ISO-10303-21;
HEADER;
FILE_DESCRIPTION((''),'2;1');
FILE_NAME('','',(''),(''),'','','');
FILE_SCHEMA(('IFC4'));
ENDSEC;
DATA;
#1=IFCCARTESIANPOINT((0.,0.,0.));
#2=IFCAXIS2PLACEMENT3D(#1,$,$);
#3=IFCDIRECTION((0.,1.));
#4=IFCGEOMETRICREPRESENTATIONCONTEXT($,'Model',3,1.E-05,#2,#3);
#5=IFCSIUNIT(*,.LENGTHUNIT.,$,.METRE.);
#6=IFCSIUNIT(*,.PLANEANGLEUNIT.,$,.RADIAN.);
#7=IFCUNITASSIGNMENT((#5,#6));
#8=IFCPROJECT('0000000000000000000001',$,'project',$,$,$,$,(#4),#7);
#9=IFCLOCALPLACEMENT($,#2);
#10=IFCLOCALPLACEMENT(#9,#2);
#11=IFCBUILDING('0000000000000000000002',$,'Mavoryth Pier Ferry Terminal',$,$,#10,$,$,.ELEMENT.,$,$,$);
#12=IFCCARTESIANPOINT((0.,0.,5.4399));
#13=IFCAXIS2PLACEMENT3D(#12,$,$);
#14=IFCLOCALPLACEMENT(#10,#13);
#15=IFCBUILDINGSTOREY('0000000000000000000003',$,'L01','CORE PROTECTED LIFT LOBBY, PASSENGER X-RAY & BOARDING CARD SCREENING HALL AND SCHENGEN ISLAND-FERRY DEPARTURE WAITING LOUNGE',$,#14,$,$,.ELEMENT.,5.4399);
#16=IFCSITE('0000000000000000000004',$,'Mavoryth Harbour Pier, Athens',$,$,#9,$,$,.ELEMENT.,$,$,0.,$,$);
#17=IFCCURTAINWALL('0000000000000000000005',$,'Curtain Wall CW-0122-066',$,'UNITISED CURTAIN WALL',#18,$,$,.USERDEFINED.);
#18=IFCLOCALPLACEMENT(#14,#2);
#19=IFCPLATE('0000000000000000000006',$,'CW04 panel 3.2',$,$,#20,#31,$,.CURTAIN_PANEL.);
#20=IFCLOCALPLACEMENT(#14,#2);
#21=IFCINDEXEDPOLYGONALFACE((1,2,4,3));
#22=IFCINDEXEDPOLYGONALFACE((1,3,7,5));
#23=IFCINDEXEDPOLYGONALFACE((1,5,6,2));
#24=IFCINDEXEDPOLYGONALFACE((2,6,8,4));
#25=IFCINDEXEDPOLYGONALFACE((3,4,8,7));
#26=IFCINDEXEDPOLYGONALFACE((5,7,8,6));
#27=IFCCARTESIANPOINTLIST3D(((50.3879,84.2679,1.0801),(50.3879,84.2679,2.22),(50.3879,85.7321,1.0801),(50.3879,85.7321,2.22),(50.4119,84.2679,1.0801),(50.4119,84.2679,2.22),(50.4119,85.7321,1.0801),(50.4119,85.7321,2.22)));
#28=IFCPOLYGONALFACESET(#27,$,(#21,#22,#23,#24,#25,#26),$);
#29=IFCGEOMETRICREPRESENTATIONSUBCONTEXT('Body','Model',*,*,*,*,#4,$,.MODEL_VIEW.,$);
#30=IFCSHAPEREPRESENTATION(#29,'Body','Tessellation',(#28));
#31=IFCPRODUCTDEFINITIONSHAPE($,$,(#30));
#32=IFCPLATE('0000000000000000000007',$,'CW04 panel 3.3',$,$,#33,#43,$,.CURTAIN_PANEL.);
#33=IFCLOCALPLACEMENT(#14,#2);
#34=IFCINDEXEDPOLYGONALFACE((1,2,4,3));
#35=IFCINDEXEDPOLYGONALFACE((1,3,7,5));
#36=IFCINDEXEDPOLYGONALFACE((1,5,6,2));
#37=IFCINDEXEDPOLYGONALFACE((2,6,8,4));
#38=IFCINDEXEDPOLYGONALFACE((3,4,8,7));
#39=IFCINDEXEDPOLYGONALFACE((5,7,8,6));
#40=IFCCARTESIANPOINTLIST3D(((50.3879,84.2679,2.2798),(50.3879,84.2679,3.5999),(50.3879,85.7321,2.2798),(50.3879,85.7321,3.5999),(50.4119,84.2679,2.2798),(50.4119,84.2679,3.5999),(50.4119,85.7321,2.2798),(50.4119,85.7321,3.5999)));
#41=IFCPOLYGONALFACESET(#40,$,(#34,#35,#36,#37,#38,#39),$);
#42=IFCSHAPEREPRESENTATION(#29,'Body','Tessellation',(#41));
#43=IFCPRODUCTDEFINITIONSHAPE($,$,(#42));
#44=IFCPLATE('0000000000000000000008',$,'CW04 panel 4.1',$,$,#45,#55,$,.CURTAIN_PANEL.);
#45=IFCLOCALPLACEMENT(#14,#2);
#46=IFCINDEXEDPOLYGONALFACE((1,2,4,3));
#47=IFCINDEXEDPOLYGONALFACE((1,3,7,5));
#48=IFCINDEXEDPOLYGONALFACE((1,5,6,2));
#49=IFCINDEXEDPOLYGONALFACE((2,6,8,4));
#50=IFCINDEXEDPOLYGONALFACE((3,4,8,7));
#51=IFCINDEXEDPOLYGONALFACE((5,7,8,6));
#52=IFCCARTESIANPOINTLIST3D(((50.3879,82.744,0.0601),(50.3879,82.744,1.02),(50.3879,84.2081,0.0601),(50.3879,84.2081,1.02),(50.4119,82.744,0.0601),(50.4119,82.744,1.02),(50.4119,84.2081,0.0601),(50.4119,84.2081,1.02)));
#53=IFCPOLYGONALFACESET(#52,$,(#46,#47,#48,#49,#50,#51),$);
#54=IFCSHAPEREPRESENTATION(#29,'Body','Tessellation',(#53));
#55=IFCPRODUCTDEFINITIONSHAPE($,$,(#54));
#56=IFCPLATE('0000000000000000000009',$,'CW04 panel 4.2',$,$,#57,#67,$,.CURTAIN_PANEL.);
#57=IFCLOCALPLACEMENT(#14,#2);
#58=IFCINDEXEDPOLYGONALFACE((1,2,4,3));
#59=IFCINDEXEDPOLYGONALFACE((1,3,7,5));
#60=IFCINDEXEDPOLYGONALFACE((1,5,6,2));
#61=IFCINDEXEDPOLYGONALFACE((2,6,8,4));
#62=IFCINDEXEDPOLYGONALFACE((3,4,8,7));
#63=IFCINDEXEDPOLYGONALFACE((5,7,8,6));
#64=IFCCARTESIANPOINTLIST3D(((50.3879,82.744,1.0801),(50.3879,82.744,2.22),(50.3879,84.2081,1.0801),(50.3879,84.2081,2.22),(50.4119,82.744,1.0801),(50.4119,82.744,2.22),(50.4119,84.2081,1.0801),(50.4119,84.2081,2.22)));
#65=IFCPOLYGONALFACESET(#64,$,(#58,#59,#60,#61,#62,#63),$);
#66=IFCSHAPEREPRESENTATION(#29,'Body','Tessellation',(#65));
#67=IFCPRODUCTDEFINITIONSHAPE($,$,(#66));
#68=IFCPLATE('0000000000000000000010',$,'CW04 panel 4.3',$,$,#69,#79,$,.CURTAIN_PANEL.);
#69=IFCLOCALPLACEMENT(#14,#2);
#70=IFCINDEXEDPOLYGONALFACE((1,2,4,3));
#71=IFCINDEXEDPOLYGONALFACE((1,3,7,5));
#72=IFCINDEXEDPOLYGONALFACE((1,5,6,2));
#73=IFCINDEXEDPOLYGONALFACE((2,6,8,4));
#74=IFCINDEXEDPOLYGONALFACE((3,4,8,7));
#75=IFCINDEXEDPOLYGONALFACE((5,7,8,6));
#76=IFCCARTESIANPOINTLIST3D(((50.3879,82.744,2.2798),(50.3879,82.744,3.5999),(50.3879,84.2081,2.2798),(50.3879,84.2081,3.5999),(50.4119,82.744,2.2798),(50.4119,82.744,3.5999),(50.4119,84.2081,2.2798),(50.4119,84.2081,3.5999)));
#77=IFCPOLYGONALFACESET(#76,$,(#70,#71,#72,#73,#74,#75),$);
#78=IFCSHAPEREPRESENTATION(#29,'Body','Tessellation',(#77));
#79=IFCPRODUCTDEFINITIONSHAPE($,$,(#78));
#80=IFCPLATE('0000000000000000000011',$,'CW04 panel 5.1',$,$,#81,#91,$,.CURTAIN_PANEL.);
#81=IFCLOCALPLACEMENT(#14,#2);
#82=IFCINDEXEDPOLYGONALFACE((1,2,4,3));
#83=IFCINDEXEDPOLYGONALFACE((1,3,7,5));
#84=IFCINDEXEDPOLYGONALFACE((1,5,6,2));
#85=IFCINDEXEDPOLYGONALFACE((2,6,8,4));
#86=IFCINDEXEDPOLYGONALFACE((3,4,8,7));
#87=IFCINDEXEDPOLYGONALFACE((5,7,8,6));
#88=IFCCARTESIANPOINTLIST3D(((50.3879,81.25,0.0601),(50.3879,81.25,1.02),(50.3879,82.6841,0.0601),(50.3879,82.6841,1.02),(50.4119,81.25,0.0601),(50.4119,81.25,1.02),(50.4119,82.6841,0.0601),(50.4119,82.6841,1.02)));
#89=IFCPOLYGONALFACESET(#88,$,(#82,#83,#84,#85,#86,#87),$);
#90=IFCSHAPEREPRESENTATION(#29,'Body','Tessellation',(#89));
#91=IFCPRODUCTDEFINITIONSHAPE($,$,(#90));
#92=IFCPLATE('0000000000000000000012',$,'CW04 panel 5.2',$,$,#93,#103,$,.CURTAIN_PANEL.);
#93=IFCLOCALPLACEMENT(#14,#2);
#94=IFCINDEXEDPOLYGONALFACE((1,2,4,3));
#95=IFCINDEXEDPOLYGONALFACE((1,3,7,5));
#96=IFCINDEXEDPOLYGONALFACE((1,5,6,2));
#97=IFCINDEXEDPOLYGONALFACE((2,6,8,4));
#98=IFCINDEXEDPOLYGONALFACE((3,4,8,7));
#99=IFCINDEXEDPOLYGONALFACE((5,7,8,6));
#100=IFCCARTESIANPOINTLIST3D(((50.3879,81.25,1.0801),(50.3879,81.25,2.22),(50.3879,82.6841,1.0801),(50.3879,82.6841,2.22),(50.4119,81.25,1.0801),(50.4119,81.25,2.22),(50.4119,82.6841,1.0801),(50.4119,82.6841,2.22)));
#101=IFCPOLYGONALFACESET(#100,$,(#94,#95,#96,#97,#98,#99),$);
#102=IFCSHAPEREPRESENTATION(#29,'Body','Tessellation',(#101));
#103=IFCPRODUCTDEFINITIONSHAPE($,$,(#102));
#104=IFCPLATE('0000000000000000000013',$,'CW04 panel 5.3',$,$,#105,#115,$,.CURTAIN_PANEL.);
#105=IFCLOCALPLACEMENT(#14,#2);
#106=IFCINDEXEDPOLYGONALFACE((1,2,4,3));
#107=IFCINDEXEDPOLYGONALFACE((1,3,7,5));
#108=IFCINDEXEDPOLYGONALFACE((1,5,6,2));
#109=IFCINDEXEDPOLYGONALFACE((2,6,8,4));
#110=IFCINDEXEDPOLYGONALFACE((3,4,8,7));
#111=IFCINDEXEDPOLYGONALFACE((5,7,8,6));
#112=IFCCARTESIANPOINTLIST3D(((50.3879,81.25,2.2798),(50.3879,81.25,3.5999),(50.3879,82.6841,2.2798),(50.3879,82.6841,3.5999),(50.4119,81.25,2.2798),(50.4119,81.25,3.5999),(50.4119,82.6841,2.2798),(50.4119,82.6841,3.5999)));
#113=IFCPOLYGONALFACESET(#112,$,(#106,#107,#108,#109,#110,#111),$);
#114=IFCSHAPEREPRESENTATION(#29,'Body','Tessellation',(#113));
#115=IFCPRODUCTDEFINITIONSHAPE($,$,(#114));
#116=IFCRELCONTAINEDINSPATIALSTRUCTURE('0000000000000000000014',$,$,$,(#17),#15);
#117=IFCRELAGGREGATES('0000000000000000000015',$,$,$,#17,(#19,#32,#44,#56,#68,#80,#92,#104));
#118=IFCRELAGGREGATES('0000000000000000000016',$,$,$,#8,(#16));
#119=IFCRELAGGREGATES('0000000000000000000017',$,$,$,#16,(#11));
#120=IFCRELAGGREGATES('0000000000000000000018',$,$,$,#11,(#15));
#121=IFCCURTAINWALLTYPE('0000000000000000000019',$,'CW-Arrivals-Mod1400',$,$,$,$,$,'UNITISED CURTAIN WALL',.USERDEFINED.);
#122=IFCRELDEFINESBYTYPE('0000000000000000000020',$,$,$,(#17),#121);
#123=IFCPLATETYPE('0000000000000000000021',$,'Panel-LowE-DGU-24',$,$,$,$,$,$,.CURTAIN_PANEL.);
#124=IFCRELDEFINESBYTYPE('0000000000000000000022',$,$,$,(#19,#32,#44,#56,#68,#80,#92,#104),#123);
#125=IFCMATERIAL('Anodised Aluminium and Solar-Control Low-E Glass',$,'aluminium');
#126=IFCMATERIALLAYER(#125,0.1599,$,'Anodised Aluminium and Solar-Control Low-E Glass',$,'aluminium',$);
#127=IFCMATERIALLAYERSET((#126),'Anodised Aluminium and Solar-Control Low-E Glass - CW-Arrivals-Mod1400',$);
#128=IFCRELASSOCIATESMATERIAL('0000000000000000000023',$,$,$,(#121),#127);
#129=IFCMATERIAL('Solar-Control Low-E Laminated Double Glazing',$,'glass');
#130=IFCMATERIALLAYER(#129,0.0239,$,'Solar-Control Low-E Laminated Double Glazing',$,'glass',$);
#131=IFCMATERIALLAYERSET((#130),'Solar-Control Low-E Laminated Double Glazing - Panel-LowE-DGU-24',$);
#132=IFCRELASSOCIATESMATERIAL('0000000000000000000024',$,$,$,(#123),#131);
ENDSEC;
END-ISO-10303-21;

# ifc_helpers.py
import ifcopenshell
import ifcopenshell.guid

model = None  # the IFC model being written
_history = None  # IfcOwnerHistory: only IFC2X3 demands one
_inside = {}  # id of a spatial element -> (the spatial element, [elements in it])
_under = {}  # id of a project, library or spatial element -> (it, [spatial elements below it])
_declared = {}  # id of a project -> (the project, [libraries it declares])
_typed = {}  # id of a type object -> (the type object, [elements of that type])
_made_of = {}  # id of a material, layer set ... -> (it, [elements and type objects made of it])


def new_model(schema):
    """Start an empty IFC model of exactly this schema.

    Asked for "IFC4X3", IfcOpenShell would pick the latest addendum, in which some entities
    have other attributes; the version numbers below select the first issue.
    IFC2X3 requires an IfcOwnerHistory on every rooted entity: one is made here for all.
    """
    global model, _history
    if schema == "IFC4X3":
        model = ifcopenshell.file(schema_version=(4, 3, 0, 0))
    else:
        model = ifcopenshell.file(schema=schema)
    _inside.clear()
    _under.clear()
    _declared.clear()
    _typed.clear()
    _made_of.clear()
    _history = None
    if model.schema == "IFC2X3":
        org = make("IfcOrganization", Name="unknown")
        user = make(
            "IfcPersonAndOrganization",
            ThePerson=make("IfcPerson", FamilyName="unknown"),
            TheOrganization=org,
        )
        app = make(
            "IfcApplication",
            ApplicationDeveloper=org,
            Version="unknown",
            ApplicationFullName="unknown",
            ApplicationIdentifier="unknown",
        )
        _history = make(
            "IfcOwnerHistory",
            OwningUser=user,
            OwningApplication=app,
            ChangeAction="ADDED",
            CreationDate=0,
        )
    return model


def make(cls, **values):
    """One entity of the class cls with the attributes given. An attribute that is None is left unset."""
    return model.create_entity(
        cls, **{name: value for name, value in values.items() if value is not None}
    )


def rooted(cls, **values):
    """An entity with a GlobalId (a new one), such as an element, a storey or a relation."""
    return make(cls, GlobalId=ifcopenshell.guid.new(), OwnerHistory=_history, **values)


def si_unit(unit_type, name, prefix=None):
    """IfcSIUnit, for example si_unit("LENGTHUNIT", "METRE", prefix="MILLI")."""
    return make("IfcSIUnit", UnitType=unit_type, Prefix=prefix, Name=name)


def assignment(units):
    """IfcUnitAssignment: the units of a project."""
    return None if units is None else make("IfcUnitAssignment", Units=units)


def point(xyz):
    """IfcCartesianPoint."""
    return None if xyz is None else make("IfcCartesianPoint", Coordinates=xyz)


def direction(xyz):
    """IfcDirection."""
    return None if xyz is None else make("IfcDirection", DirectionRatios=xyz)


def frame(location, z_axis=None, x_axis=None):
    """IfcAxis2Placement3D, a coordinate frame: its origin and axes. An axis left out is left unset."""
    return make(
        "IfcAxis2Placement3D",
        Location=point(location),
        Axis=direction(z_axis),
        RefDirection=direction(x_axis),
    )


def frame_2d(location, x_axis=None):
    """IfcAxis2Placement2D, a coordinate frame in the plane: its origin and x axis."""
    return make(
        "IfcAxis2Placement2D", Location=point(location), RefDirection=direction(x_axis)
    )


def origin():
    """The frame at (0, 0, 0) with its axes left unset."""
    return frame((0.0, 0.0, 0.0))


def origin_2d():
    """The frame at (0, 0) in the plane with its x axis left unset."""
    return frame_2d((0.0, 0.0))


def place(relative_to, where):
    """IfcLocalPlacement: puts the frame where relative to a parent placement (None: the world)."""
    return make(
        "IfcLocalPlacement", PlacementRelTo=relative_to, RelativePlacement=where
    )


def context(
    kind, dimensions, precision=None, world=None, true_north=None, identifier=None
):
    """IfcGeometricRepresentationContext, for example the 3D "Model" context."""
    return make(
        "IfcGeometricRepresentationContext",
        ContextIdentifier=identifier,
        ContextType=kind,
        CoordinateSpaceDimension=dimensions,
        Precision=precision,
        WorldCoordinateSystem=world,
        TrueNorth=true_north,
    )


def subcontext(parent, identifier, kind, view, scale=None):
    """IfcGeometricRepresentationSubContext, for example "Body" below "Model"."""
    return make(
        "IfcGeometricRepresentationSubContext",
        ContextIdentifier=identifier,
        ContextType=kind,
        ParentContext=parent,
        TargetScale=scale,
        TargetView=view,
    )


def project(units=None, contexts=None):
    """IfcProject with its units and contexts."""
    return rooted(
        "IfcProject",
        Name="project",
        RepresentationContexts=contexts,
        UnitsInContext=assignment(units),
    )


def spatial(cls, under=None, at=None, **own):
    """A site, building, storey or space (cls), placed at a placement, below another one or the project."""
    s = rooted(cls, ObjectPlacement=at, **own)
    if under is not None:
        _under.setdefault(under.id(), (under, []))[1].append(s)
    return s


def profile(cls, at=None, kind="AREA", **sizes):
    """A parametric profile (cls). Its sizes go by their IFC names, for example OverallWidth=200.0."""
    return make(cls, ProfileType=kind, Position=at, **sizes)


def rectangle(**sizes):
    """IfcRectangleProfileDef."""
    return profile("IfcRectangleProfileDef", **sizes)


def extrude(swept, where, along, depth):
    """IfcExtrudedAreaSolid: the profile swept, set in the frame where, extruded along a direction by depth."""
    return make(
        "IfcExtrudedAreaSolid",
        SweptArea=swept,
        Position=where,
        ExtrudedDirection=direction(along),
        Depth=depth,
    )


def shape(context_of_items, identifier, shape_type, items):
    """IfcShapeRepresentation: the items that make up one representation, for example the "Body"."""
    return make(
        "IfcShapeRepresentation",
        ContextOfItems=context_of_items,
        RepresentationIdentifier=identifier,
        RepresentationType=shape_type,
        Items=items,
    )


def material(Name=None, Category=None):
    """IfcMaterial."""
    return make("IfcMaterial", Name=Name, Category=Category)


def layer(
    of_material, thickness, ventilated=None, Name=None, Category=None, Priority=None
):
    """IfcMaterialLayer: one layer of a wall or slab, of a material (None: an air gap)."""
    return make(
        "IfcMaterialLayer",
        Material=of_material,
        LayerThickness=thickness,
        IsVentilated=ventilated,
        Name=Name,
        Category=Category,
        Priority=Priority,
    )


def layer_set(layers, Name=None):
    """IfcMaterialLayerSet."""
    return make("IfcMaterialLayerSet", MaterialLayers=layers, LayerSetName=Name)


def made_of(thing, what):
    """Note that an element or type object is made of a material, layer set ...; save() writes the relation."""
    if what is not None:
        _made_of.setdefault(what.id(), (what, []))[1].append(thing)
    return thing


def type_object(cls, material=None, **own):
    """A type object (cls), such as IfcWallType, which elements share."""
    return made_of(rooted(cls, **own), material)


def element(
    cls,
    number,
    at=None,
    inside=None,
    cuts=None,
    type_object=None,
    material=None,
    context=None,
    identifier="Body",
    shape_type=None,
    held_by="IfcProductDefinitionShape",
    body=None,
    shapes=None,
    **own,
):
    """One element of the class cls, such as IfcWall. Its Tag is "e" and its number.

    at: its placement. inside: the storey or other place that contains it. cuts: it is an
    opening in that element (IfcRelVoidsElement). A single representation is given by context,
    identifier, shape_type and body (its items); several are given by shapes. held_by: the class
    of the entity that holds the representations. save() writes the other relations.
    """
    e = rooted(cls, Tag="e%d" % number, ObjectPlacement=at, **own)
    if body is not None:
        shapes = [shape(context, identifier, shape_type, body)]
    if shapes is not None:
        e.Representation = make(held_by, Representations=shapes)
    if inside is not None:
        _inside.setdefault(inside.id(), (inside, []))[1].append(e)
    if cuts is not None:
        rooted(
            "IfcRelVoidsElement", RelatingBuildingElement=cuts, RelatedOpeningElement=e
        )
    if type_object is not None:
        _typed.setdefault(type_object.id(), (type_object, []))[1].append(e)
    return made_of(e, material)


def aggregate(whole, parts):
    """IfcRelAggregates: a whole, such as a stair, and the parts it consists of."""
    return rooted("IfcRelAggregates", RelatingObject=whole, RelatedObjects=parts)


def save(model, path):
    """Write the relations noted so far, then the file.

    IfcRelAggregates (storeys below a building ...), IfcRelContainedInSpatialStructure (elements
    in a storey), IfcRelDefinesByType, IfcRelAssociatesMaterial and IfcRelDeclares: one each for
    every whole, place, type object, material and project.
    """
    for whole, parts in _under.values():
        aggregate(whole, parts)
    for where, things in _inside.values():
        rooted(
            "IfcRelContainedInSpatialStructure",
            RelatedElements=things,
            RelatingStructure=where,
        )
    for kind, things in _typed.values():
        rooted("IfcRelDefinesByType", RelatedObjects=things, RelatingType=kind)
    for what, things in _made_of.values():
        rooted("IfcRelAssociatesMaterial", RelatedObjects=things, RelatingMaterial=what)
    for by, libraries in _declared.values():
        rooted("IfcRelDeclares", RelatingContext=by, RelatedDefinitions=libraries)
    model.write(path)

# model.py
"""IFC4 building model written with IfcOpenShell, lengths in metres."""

from ifc_helpers import new_model, si_unit, direction, frame, origin, origin_2d, place, context, subcontext, project, spatial, rectangle, extrude, material, layer, layer_set, type_object, element, aggregate, save


model = new_model("IFC4")

# Units and contexts
model_context = context("Model", 3, precision=1e-05, world=origin(), true_north=direction((0.0, 1.0)))
body_context = subcontext(model_context, "Body", "Model", "MODEL_VIEW")
ifc_project = project(units=[si_unit("LENGTHUNIT", "METRE"), si_unit("PLANEANGLEUNIT", "RADIAN")], contexts=[model_context])

# Site, building, storey
site_placement = place(None, origin())
site = spatial("IfcSite", under=ifc_project, at=site_placement, Name="Mavoryth Harbour Pier, Athens", CompositionType="ELEMENT", RefElevation=0.0)
building_placement = place(site_placement, origin())
building = spatial("IfcBuilding", under=site, at=building_placement, Name="Mavoryth Pier Ferry Terminal", CompositionType="ELEMENT")
storey_placement = place(building_placement, frame((0.0, 0.0, 5.4399)))
storey = spatial("IfcBuildingStorey", under=building, at=storey_placement, Name="L01", Description="CORE PROTECTED LIFT LOBBY, PASSENGER X-RAY & BOARDING CARD SCREENING HALL AND SCHENGEN ISLAND-FERRY DEPARTURE WAITING LOUNGE", CompositionType="ELEMENT", Elevation=5.4399)

# Curtain wall
ifc_material_1 = material(Name="Anodised Aluminium and Solar-Control Low-E Glass", Category="aluminium")
ifc_layer_1 = layer(ifc_material_1, 0.1599, Name="Anodised Aluminium and Solar-Control Low-E Glass", Category="aluminium")
ifc_layer_set_1 = layer_set([ifc_layer_1], Name="Anodised Aluminium and Solar-Control Low-E Glass - CW-Arrivals-Mod1400")
curtain_wall_type = type_object("IfcCurtainWallType", Name="CW-Arrivals-Mod1400", ElementType="UNITISED CURTAIN WALL", PredefinedType="USERDEFINED", material=ifc_layer_set_1)
curtain_wall_1_placement = place(storey_placement, origin())
curtain_wall_1 = element("IfcCurtainWall", 1, at=curtain_wall_1_placement, inside=storey, type_object=curtain_wall_type, Name="Curtain Wall CW-0122-066", ObjectType="UNITISED CURTAIN WALL", PredefinedType="USERDEFINED")

# Plates
ifc_material_2 = material(Name="Solar-Control Low-E Laminated Double Glazing", Category="glass")
ifc_layer_2 = layer(ifc_material_2, 0.0239, Name="Solar-Control Low-E Laminated Double Glazing", Category="glass")
ifc_layer_set_2 = layer_set([ifc_layer_2], Name="Solar-Control Low-E Laminated Double Glazing - Panel-LowE-DGU-24")
plate_type = type_object("IfcPlateType", Name="Panel-LowE-DGU-24", PredefinedType="CURTAIN_PANEL", material=ifc_layer_set_2)
plate_1_placement = place(storey_placement, frame((50.3999, 85.0, 1.0801), z_axis=(0.0, 0.0, 1.0), x_axis=(0.0, -1.0, 0.0)))
plate_1 = element("IfcPlate", 2, at=plate_1_placement, type_object=plate_type, Name="CW04 panel 3.2", PredefinedType="CURTAIN_PANEL", context=body_context, shape_type="SweptSolid", body=[
    extrude(rectangle(XDim=1.4641, YDim=0.0239, at=origin_2d()), origin(), (0.0, 0.0, 1.0), 1.1399),
])
plate_2_placement = place(storey_placement, frame((50.3999, 85.0, 2.2798), z_axis=(0.0, 0.0, 1.0), x_axis=(0.0, -1.0, 0.0)))
plate_2 = element("IfcPlate", 3, at=plate_2_placement, type_object=plate_type, Name="CW04 panel 3.3", PredefinedType="CURTAIN_PANEL", context=body_context, shape_type="SweptSolid", body=[
    extrude(rectangle(XDim=1.4641, YDim=0.0239, at=origin_2d()), origin(), (0.0, 0.0, 1.0), 1.3201),
])
plate_3_placement = place(storey_placement, frame((50.3999, 83.4761, 0.0601), z_axis=(0.0, 0.0, 1.0), x_axis=(0.0, -1.0, 0.0)))
plate_3 = element("IfcPlate", 4, at=plate_3_placement, type_object=plate_type, Name="CW04 panel 4.1", PredefinedType="CURTAIN_PANEL", context=body_context, shape_type="SweptSolid", body=[
    extrude(rectangle(XDim=1.4641, YDim=0.0239, at=origin_2d()), origin(), (0.0, 0.0, 1.0), 0.96),
])
plate_4_placement = place(storey_placement, frame((50.3999, 83.4761, 1.0801), z_axis=(0.0, 0.0, 1.0), x_axis=(0.0, -1.0, 0.0)))
plate_4 = element("IfcPlate", 5, at=plate_4_placement, type_object=plate_type, Name="CW04 panel 4.2", PredefinedType="CURTAIN_PANEL", context=body_context, shape_type="SweptSolid", body=[
    extrude(rectangle(XDim=1.4641, YDim=0.0239, at=origin_2d()), origin(), (0.0, 0.0, 1.0), 1.1399),
])
plate_5_placement = place(storey_placement, frame((50.3999, 83.4761, 2.2798), z_axis=(0.0, 0.0, 1.0), x_axis=(0.0, -1.0, 0.0)))
plate_5 = element("IfcPlate", 6, at=plate_5_placement, type_object=plate_type, Name="CW04 panel 4.3", PredefinedType="CURTAIN_PANEL", context=body_context, shape_type="SweptSolid", body=[
    extrude(rectangle(XDim=1.4641, YDim=0.0239, at=origin_2d()), origin(), (0.0, 0.0, 1.0), 1.3201),
])
plate_6_placement = place(storey_placement, frame((50.3999, 81.967, 0.0601), z_axis=(0.0, 0.0, 1.0), x_axis=(0.0, -1.0, 0.0)))
plate_6 = element("IfcPlate", 7, at=plate_6_placement, type_object=plate_type, Name="CW04 panel 5.1", PredefinedType="CURTAIN_PANEL", context=body_context, shape_type="SweptSolid", body=[
    extrude(rectangle(XDim=1.4341, YDim=0.0239, at=origin_2d()), origin(), (0.0, 0.0, 1.0), 0.96),
])
plate_7_placement = place(storey_placement, frame((50.3999, 81.967, 1.0801), z_axis=(0.0, 0.0, 1.0), x_axis=(0.0, -1.0, 0.0)))
plate_7 = element("IfcPlate", 8, at=plate_7_placement, type_object=plate_type, Name="CW04 panel 5.2", PredefinedType="CURTAIN_PANEL", context=body_context, shape_type="SweptSolid", body=[
    extrude(rectangle(XDim=1.4341, YDim=0.0239, at=origin_2d()), origin(), (0.0, 0.0, 1.0), 1.1399),
])
plate_8_placement = place(storey_placement, frame((50.3999, 81.967, 2.2798), z_axis=(0.0, 0.0, 1.0), x_axis=(0.0, -1.0, 0.0)))
plate_8 = element("IfcPlate", 9, at=plate_8_placement, type_object=plate_type, Name="CW04 panel 5.3", PredefinedType="CURTAIN_PANEL", context=body_context, shape_type="SweptSolid", body=[
    extrude(rectangle(XDim=1.4341, YDim=0.0239, at=origin_2d()), origin(), (0.0, 0.0, 1.0), 1.3201),
])
aggregate(curtain_wall_1, [plate_1, plate_2, plate_3, plate_4, plate_5, plate_6, plate_7, plate_8])

save(model, "model.ifc")
